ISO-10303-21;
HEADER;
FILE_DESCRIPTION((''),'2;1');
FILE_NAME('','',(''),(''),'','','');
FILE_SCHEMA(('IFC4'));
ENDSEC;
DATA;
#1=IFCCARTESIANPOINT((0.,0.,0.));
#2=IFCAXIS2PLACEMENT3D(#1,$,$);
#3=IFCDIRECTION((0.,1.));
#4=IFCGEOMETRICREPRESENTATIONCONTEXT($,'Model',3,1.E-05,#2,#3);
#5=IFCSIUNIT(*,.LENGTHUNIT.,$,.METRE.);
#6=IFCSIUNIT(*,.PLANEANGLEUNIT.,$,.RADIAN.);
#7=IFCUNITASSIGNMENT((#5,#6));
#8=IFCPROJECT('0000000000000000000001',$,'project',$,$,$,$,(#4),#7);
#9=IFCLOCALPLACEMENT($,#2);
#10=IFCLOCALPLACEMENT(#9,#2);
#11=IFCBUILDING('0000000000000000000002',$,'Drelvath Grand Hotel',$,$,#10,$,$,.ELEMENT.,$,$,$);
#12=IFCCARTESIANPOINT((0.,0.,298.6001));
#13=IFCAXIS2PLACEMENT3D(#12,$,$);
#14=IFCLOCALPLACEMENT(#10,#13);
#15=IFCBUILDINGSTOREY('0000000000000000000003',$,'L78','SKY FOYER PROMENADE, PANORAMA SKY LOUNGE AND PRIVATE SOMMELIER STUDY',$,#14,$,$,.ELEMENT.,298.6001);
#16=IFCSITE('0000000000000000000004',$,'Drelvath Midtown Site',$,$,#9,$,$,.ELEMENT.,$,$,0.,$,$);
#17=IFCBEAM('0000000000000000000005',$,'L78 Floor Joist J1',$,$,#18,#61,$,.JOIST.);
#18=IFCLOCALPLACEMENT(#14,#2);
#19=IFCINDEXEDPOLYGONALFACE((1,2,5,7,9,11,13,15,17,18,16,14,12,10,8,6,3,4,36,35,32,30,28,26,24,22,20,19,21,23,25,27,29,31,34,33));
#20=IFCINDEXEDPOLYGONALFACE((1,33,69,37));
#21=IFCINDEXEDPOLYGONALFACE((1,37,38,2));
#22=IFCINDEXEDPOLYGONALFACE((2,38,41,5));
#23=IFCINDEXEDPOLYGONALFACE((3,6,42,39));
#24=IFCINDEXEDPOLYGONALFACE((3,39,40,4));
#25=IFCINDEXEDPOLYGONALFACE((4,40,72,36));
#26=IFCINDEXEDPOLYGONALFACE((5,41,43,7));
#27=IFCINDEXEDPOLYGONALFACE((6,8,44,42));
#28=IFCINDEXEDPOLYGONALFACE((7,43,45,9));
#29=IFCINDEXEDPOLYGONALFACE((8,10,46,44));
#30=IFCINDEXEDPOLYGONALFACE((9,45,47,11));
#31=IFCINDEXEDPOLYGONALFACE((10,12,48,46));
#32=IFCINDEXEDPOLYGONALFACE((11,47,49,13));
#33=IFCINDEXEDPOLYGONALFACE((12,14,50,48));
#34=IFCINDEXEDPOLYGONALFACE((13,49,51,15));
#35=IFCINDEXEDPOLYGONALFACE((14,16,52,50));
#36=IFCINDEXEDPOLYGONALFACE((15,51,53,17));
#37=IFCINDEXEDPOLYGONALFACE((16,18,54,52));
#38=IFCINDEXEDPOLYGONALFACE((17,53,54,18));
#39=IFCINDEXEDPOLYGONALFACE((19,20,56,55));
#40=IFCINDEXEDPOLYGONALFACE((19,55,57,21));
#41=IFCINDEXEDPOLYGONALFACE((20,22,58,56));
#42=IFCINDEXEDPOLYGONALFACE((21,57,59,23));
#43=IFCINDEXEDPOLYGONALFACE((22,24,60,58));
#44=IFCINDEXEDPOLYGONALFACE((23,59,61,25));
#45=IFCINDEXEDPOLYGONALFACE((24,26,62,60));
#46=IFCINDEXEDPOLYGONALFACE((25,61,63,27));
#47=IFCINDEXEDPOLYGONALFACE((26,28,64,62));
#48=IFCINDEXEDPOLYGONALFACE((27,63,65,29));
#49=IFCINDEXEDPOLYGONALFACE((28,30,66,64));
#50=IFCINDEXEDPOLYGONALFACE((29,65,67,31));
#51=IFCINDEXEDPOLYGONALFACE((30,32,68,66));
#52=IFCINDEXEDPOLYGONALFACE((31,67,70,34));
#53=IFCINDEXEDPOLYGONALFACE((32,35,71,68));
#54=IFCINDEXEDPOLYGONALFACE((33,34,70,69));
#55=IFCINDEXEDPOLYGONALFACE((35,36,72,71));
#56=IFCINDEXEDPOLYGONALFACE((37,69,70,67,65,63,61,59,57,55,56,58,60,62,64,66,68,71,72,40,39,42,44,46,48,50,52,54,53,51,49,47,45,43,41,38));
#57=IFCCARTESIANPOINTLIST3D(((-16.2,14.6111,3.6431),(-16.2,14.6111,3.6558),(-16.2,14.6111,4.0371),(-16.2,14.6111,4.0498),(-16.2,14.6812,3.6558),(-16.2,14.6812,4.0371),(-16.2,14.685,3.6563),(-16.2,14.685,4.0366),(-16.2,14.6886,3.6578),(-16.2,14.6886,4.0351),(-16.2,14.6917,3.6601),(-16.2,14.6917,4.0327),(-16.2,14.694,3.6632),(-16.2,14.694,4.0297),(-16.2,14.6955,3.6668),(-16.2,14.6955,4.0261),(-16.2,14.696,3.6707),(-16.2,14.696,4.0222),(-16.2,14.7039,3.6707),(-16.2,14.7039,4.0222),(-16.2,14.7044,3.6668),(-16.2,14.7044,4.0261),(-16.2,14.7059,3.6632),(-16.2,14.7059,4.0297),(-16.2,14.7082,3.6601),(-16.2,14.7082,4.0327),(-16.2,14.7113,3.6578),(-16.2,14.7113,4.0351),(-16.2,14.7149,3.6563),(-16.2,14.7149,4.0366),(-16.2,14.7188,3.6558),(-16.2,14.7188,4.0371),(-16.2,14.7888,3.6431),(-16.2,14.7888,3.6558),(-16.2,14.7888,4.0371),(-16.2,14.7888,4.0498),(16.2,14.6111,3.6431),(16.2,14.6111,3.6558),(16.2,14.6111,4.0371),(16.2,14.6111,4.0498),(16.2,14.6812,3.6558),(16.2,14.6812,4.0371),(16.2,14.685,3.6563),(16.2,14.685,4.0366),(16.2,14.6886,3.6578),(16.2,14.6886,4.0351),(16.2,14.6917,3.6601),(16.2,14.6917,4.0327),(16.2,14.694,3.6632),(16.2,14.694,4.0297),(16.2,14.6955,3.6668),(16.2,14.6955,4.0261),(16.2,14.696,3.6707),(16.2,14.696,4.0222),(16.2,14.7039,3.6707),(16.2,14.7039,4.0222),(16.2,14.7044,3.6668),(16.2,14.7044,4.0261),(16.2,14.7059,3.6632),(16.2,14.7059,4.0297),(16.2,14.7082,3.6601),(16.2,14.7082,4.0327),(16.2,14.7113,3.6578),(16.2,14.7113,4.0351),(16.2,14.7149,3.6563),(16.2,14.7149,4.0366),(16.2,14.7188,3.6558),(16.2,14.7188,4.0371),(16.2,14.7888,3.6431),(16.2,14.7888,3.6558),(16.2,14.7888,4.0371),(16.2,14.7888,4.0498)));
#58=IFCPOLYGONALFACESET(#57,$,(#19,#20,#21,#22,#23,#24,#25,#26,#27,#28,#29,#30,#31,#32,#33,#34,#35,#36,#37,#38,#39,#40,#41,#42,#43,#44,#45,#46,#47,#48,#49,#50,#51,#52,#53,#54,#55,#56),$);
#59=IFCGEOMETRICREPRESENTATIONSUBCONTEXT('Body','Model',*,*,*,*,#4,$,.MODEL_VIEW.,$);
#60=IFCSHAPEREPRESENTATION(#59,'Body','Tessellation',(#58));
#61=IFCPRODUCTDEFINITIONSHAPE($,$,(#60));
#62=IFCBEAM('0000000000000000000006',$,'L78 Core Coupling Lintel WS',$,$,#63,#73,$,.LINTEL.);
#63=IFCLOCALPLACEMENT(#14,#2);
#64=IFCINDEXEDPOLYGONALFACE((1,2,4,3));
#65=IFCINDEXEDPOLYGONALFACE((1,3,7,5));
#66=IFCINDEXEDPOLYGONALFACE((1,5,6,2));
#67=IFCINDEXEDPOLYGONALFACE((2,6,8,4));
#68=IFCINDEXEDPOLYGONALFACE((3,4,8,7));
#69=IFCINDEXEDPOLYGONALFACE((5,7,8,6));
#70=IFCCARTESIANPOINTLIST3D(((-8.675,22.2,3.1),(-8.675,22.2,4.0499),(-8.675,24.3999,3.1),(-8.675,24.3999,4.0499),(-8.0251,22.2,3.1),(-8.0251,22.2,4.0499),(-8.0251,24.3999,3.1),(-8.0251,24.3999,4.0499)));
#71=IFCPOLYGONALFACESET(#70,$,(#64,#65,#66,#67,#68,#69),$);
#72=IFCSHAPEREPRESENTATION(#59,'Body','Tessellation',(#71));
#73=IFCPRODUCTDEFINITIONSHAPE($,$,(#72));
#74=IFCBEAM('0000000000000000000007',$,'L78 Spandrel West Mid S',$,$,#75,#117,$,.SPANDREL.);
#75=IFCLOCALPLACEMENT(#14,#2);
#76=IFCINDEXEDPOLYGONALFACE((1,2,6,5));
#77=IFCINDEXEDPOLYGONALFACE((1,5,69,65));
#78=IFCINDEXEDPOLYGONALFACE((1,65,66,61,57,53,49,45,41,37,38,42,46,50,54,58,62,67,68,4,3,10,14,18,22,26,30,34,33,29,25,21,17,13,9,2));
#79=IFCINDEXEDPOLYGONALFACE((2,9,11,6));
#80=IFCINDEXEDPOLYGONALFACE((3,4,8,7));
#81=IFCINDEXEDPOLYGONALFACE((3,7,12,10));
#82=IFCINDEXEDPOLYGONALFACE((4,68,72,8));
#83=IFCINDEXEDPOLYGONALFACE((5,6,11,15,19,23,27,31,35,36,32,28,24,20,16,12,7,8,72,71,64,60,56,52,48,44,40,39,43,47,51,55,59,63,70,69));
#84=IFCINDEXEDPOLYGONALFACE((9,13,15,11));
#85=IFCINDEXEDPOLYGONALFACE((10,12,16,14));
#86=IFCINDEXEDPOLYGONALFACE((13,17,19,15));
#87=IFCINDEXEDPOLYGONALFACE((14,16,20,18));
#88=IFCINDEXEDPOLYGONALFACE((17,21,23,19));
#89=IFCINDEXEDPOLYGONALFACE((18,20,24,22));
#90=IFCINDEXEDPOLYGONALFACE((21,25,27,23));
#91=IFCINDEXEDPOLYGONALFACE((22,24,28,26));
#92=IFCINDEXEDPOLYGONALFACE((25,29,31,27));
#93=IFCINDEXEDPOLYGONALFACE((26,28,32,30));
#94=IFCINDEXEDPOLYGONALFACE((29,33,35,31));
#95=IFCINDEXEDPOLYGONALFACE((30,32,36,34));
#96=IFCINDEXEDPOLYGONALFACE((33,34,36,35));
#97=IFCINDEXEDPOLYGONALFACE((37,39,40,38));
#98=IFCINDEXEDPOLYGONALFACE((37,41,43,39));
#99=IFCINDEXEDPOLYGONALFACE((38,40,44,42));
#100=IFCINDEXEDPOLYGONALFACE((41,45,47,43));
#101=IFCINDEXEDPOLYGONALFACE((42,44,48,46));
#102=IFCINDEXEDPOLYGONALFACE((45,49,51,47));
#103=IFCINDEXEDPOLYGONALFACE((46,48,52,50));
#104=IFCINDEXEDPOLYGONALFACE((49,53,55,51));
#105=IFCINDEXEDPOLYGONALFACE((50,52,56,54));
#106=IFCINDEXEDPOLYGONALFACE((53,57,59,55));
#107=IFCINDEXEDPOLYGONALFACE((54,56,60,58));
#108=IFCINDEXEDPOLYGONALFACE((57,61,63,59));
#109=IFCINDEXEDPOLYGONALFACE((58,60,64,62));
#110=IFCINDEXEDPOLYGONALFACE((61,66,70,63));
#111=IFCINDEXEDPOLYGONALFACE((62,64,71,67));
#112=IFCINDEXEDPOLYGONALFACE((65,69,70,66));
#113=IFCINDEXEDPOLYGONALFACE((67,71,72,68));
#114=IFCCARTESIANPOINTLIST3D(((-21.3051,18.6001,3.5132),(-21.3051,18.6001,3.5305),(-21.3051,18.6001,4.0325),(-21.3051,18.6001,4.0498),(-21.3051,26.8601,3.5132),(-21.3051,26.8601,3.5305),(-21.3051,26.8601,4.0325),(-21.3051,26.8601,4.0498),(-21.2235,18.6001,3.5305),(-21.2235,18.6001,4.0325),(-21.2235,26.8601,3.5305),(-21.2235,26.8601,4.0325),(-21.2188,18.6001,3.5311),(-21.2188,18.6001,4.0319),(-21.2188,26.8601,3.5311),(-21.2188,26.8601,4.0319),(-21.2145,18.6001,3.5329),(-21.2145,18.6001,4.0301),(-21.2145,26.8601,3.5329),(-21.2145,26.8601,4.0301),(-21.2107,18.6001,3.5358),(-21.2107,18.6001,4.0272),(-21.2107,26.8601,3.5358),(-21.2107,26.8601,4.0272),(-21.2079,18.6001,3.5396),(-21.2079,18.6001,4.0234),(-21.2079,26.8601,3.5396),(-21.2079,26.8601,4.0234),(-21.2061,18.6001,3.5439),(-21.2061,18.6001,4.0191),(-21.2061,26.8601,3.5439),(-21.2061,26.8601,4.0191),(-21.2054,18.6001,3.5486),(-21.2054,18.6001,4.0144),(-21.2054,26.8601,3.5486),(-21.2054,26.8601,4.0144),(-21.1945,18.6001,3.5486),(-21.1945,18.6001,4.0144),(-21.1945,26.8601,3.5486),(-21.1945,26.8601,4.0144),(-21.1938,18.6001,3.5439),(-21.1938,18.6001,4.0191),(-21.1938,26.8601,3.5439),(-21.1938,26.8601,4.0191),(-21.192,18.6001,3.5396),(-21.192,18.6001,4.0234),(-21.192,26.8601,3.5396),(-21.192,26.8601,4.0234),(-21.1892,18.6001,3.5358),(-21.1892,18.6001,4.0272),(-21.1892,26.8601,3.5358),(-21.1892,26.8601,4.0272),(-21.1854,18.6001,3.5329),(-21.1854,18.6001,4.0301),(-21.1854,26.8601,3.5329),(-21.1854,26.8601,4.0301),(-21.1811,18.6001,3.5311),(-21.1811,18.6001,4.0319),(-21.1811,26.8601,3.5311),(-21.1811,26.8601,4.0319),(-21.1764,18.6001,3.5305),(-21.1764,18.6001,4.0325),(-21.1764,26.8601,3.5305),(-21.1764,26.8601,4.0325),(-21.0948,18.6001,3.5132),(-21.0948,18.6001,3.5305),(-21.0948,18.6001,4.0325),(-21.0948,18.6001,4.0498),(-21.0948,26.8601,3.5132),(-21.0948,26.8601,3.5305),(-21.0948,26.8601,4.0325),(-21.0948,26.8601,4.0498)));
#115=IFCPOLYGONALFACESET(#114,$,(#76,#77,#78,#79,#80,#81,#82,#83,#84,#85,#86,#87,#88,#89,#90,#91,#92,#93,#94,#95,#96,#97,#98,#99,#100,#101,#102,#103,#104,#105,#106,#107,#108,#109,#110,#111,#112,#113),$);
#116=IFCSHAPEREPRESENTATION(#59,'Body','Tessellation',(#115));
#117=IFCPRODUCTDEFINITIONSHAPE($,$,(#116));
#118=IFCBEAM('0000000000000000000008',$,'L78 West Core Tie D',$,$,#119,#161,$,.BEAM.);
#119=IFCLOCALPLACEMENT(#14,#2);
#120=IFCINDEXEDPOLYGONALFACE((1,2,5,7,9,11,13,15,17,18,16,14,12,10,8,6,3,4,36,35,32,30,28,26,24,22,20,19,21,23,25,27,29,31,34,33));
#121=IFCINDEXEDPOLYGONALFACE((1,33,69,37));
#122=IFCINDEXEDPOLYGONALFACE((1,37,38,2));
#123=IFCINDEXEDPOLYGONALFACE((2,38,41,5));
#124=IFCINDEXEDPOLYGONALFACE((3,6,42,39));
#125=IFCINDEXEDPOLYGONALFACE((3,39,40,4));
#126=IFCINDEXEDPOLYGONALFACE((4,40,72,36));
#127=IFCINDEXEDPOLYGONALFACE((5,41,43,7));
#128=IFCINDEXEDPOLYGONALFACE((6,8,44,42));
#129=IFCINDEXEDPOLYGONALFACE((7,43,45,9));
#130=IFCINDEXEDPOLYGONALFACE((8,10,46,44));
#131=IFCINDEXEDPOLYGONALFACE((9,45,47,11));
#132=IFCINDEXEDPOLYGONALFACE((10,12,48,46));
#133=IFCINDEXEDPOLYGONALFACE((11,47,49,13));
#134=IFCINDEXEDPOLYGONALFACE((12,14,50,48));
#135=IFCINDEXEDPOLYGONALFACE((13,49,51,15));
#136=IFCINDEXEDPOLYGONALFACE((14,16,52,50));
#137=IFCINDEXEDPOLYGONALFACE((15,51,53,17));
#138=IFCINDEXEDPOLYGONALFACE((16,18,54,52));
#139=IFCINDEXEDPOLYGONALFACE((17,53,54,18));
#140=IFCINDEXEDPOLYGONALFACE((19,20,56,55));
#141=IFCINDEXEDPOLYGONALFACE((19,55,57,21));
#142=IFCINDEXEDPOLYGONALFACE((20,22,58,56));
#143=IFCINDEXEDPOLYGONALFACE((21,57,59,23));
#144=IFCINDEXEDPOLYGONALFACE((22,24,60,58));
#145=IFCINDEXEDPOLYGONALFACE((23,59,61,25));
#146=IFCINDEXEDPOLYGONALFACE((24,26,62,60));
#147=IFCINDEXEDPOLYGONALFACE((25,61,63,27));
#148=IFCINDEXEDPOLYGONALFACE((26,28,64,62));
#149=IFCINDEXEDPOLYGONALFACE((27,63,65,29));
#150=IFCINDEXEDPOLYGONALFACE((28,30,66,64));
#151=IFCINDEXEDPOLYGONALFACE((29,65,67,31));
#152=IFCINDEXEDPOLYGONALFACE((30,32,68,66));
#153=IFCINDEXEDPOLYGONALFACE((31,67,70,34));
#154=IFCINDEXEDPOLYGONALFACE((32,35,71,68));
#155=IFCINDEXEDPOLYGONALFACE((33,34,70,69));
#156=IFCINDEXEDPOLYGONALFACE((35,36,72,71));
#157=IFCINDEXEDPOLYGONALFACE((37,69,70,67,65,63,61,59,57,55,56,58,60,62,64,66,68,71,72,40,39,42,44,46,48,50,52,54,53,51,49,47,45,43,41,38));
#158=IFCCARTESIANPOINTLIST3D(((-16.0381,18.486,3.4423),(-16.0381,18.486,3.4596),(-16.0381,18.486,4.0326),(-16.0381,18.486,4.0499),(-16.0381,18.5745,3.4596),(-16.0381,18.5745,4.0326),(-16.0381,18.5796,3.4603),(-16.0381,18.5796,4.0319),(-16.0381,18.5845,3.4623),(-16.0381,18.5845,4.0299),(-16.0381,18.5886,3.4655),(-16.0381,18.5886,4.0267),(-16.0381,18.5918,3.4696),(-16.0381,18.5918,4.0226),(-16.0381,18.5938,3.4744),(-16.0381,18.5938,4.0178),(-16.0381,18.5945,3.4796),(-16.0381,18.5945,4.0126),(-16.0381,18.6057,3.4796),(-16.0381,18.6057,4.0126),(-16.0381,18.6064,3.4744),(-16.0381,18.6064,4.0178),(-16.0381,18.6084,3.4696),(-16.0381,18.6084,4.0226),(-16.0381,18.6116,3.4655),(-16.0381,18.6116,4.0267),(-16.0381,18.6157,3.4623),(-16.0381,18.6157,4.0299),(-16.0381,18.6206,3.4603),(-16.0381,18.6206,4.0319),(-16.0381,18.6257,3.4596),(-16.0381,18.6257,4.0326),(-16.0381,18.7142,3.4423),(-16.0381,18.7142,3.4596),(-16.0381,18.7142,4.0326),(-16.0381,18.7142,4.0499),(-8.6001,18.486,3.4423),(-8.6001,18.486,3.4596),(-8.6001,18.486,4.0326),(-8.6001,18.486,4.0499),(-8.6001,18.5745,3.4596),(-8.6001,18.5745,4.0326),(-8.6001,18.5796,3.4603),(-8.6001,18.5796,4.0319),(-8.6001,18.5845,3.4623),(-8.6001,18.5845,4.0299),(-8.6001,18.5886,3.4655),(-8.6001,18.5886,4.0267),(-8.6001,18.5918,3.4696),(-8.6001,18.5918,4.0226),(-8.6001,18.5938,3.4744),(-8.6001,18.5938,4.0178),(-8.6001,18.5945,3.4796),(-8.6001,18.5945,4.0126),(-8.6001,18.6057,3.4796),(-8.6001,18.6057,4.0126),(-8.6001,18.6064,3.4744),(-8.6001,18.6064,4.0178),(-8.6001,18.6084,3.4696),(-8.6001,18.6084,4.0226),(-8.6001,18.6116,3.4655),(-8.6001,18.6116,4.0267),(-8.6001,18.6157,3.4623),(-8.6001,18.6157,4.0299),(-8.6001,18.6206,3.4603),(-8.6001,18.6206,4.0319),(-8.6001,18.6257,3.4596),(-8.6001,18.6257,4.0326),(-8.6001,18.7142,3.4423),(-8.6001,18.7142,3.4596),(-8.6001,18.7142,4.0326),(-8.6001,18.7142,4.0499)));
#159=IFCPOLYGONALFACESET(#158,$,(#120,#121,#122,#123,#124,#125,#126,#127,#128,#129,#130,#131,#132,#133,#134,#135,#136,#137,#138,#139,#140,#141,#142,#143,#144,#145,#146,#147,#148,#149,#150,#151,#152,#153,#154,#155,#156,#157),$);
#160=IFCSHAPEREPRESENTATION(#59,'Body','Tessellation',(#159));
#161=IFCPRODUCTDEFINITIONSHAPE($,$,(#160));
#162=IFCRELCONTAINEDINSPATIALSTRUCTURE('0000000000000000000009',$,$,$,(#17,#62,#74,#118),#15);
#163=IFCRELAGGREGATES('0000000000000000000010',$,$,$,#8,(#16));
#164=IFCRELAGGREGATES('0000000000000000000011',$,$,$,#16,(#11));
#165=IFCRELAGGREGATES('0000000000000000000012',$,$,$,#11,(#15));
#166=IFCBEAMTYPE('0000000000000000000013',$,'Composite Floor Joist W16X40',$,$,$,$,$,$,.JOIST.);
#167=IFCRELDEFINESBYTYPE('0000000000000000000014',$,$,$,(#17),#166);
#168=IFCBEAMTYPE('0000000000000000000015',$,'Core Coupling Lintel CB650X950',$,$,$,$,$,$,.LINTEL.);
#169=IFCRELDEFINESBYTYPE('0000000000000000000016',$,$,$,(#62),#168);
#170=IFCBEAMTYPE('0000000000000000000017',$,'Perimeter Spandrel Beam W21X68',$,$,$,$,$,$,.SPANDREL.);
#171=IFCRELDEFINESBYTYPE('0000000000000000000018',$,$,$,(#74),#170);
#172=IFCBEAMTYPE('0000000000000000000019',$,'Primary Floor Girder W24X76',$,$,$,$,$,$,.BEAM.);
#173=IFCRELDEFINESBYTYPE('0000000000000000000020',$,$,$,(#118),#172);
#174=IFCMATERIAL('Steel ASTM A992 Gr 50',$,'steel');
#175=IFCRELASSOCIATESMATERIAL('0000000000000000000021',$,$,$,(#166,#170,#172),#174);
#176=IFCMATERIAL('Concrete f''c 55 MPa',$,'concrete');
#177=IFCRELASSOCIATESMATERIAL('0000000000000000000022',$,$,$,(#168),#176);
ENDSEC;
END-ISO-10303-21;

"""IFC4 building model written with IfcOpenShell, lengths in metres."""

from ifc_helpers import new_model, si_unit, direction, frame, origin, origin_2d, place, context, subcontext, project, spatial, rectangle, i_section, extrude, material, material_profile, profile_set, type_object, element, save


model = new_model("IFC4")

# Units and contexts
model_context = context("Model", 3, precision=1e-05, world=origin(), true_north=direction((0.0, 1.0)))
body_context = subcontext(model_context, "Body", "Model", "MODEL_VIEW")
ifc_project = project(units=[si_unit("LENGTHUNIT", "METRE"), si_unit("PLANEANGLEUNIT", "RADIAN")], contexts=[model_context])

# Site, building, storey
site_placement = place(None, origin())
site = spatial("IfcSite", under=ifc_project, at=site_placement, Name="Drelvath Midtown Site", CompositionType="ELEMENT", RefElevation=0.0)
building_placement = place(site_placement, origin())
building = spatial("IfcBuilding", under=site, at=building_placement, Name="Drelvath Grand Hotel", CompositionType="ELEMENT")
storey_placement = place(building_placement, frame((0.0, 0.0, 298.6001)))
storey = spatial("IfcBuildingStorey", under=building, at=storey_placement, Name="L78", Description="SKY FOYER PROMENADE, PANORAMA SKY LOUNGE AND PRIVATE SOMMELIER STUDY", CompositionType="ELEMENT", Elevation=298.6001)

# Beams
ifc_material_1 = material(Name="Steel ASTM A992 Gr 50", Category="steel")
ifc_material_profile_1 = material_profile(ifc_material_1, i_section(OverallWidth=0.1777, OverallDepth=0.4067, WebThickness=0.0078, FlangeThickness=0.0127, FilletRadius=0.0149, at=origin_2d()), Name="W16X40")
ifc_profile_set_1 = profile_set([ifc_material_profile_1], Name="Steel ASTM A992 Gr 50")
beam_type_1 = type_object("IfcBeamType", Name="Composite Floor Joist W16X40", PredefinedType="JOIST", material=ifc_profile_set_1)
beam_1_placement = place(storey_placement, frame((-16.2, 14.7, 3.8464), z_axis=(1.0, 0.0, 0.0), x_axis=(0.0, 1.0, 0.0)))
element("IfcBeam", 1, at=beam_1_placement, inside=storey, type_object=beam_type_1, Name="L78 Floor Joist J1", PredefinedType="JOIST", context=body_context, shape_type="SweptSolid", body=[
    extrude(i_section(OverallWidth=0.1777, OverallDepth=0.4067, WebThickness=0.0078, FlangeThickness=0.0127, FilletRadius=0.0149, at=origin_2d()), origin(), (0.0, 0.0, 1.0), 32.3999),
])
ifc_material_2 = material(Name="Concrete f'c 55 MPa", Category="concrete")
ifc_material_profile_2 = material_profile(ifc_material_2, rectangle(XDim=0.6499, YDim=0.95, at=origin_2d()), Name="CB650X950")
ifc_profile_set_2 = profile_set([ifc_material_profile_2], Name="Concrete f'c 55 MPa")
beam_type_2 = type_object("IfcBeamType", Name="Core Coupling Lintel CB650X950", PredefinedType="LINTEL", material=ifc_profile_set_2)
beam_2_placement = place(storey_placement, frame((-8.3501, 22.2, 3.575), z_axis=(0.0, 1.0, 0.0), x_axis=(-1.0, 0.0, 0.0)))
element("IfcBeam", 2, at=beam_2_placement, inside=storey, type_object=beam_type_2, Name="L78 Core Coupling Lintel WS", PredefinedType="LINTEL", context=body_context, shape_type="SweptSolid", body=[
    extrude(rectangle(XDim=0.6499, YDim=0.95, at=origin_2d()), origin(), (0.0, 0.0, 1.0), 2.2),
])
ifc_material_profile_3 = material_profile(ifc_material_1, i_section(OverallWidth=0.2102, OverallDepth=0.5366, WebThickness=0.011, FlangeThickness=0.0173, FilletRadius=0.0181, at=origin_2d()), Name="W21X68")
ifc_profile_set_3 = profile_set([ifc_material_profile_3], Name="Steel ASTM A992 Gr 50")
beam_type_3 = type_object("IfcBeamType", Name="Perimeter Spandrel Beam W21X68", PredefinedType="SPANDREL", material=ifc_profile_set_3)
beam_3_placement = place(storey_placement, frame((-21.2, 18.6001, 3.7815), z_axis=(0.0, 1.0, 0.0), x_axis=(-1.0, 0.0, 0.0)))
element("IfcBeam", 3, at=beam_3_placement, inside=storey, type_object=beam_type_3, Name="L78 Spandrel West Mid S", PredefinedType="SPANDREL", context=body_context, shape_type="SweptSolid", body=[
    extrude(i_section(OverallWidth=0.2102, OverallDepth=0.5366, WebThickness=0.011, FlangeThickness=0.0173, FilletRadius=0.0181, at=origin_2d()), origin(), (0.0, 0.0, 1.0), 8.26),
])
ifc_material_profile_4 = material_profile(ifc_material_1, i_section(OverallWidth=0.2283, OverallDepth=0.6077, WebThickness=0.0112, FlangeThickness=0.0173, FilletRadius=0.02, at=origin_2d()), Name="W24X76")
ifc_profile_set_4 = profile_set([ifc_material_profile_4], Name="Steel ASTM A992 Gr 50")
beam_type_4 = type_object("IfcBeamType", Name="Primary Floor Girder W24X76", PredefinedType="BEAM", material=ifc_profile_set_4)
for number, where, z_axis, x_axis, name in (
    (4, (-16.0381, 18.6001, 3.7461), (1.0, 0.0, 0.0), (0.0, 1.0, 0.0), "L78 West Core Tie D"),
):
    element("IfcBeam", number, at=place(storey_placement, frame(where, z_axis=z_axis, x_axis=x_axis)), inside=storey, type_object=beam_type_4, Name=name, PredefinedType="BEAM", context=body_context, shape_type="SweptSolid", body=[
        extrude(i_section(OverallWidth=0.2283, OverallDepth=0.6077, WebThickness=0.0112, FlangeThickness=0.0173, FilletRadius=0.02, at=origin_2d()), origin(), (0.0, 0.0, 1.0), 7.438),
    ])

save(model, "model.ifc")
